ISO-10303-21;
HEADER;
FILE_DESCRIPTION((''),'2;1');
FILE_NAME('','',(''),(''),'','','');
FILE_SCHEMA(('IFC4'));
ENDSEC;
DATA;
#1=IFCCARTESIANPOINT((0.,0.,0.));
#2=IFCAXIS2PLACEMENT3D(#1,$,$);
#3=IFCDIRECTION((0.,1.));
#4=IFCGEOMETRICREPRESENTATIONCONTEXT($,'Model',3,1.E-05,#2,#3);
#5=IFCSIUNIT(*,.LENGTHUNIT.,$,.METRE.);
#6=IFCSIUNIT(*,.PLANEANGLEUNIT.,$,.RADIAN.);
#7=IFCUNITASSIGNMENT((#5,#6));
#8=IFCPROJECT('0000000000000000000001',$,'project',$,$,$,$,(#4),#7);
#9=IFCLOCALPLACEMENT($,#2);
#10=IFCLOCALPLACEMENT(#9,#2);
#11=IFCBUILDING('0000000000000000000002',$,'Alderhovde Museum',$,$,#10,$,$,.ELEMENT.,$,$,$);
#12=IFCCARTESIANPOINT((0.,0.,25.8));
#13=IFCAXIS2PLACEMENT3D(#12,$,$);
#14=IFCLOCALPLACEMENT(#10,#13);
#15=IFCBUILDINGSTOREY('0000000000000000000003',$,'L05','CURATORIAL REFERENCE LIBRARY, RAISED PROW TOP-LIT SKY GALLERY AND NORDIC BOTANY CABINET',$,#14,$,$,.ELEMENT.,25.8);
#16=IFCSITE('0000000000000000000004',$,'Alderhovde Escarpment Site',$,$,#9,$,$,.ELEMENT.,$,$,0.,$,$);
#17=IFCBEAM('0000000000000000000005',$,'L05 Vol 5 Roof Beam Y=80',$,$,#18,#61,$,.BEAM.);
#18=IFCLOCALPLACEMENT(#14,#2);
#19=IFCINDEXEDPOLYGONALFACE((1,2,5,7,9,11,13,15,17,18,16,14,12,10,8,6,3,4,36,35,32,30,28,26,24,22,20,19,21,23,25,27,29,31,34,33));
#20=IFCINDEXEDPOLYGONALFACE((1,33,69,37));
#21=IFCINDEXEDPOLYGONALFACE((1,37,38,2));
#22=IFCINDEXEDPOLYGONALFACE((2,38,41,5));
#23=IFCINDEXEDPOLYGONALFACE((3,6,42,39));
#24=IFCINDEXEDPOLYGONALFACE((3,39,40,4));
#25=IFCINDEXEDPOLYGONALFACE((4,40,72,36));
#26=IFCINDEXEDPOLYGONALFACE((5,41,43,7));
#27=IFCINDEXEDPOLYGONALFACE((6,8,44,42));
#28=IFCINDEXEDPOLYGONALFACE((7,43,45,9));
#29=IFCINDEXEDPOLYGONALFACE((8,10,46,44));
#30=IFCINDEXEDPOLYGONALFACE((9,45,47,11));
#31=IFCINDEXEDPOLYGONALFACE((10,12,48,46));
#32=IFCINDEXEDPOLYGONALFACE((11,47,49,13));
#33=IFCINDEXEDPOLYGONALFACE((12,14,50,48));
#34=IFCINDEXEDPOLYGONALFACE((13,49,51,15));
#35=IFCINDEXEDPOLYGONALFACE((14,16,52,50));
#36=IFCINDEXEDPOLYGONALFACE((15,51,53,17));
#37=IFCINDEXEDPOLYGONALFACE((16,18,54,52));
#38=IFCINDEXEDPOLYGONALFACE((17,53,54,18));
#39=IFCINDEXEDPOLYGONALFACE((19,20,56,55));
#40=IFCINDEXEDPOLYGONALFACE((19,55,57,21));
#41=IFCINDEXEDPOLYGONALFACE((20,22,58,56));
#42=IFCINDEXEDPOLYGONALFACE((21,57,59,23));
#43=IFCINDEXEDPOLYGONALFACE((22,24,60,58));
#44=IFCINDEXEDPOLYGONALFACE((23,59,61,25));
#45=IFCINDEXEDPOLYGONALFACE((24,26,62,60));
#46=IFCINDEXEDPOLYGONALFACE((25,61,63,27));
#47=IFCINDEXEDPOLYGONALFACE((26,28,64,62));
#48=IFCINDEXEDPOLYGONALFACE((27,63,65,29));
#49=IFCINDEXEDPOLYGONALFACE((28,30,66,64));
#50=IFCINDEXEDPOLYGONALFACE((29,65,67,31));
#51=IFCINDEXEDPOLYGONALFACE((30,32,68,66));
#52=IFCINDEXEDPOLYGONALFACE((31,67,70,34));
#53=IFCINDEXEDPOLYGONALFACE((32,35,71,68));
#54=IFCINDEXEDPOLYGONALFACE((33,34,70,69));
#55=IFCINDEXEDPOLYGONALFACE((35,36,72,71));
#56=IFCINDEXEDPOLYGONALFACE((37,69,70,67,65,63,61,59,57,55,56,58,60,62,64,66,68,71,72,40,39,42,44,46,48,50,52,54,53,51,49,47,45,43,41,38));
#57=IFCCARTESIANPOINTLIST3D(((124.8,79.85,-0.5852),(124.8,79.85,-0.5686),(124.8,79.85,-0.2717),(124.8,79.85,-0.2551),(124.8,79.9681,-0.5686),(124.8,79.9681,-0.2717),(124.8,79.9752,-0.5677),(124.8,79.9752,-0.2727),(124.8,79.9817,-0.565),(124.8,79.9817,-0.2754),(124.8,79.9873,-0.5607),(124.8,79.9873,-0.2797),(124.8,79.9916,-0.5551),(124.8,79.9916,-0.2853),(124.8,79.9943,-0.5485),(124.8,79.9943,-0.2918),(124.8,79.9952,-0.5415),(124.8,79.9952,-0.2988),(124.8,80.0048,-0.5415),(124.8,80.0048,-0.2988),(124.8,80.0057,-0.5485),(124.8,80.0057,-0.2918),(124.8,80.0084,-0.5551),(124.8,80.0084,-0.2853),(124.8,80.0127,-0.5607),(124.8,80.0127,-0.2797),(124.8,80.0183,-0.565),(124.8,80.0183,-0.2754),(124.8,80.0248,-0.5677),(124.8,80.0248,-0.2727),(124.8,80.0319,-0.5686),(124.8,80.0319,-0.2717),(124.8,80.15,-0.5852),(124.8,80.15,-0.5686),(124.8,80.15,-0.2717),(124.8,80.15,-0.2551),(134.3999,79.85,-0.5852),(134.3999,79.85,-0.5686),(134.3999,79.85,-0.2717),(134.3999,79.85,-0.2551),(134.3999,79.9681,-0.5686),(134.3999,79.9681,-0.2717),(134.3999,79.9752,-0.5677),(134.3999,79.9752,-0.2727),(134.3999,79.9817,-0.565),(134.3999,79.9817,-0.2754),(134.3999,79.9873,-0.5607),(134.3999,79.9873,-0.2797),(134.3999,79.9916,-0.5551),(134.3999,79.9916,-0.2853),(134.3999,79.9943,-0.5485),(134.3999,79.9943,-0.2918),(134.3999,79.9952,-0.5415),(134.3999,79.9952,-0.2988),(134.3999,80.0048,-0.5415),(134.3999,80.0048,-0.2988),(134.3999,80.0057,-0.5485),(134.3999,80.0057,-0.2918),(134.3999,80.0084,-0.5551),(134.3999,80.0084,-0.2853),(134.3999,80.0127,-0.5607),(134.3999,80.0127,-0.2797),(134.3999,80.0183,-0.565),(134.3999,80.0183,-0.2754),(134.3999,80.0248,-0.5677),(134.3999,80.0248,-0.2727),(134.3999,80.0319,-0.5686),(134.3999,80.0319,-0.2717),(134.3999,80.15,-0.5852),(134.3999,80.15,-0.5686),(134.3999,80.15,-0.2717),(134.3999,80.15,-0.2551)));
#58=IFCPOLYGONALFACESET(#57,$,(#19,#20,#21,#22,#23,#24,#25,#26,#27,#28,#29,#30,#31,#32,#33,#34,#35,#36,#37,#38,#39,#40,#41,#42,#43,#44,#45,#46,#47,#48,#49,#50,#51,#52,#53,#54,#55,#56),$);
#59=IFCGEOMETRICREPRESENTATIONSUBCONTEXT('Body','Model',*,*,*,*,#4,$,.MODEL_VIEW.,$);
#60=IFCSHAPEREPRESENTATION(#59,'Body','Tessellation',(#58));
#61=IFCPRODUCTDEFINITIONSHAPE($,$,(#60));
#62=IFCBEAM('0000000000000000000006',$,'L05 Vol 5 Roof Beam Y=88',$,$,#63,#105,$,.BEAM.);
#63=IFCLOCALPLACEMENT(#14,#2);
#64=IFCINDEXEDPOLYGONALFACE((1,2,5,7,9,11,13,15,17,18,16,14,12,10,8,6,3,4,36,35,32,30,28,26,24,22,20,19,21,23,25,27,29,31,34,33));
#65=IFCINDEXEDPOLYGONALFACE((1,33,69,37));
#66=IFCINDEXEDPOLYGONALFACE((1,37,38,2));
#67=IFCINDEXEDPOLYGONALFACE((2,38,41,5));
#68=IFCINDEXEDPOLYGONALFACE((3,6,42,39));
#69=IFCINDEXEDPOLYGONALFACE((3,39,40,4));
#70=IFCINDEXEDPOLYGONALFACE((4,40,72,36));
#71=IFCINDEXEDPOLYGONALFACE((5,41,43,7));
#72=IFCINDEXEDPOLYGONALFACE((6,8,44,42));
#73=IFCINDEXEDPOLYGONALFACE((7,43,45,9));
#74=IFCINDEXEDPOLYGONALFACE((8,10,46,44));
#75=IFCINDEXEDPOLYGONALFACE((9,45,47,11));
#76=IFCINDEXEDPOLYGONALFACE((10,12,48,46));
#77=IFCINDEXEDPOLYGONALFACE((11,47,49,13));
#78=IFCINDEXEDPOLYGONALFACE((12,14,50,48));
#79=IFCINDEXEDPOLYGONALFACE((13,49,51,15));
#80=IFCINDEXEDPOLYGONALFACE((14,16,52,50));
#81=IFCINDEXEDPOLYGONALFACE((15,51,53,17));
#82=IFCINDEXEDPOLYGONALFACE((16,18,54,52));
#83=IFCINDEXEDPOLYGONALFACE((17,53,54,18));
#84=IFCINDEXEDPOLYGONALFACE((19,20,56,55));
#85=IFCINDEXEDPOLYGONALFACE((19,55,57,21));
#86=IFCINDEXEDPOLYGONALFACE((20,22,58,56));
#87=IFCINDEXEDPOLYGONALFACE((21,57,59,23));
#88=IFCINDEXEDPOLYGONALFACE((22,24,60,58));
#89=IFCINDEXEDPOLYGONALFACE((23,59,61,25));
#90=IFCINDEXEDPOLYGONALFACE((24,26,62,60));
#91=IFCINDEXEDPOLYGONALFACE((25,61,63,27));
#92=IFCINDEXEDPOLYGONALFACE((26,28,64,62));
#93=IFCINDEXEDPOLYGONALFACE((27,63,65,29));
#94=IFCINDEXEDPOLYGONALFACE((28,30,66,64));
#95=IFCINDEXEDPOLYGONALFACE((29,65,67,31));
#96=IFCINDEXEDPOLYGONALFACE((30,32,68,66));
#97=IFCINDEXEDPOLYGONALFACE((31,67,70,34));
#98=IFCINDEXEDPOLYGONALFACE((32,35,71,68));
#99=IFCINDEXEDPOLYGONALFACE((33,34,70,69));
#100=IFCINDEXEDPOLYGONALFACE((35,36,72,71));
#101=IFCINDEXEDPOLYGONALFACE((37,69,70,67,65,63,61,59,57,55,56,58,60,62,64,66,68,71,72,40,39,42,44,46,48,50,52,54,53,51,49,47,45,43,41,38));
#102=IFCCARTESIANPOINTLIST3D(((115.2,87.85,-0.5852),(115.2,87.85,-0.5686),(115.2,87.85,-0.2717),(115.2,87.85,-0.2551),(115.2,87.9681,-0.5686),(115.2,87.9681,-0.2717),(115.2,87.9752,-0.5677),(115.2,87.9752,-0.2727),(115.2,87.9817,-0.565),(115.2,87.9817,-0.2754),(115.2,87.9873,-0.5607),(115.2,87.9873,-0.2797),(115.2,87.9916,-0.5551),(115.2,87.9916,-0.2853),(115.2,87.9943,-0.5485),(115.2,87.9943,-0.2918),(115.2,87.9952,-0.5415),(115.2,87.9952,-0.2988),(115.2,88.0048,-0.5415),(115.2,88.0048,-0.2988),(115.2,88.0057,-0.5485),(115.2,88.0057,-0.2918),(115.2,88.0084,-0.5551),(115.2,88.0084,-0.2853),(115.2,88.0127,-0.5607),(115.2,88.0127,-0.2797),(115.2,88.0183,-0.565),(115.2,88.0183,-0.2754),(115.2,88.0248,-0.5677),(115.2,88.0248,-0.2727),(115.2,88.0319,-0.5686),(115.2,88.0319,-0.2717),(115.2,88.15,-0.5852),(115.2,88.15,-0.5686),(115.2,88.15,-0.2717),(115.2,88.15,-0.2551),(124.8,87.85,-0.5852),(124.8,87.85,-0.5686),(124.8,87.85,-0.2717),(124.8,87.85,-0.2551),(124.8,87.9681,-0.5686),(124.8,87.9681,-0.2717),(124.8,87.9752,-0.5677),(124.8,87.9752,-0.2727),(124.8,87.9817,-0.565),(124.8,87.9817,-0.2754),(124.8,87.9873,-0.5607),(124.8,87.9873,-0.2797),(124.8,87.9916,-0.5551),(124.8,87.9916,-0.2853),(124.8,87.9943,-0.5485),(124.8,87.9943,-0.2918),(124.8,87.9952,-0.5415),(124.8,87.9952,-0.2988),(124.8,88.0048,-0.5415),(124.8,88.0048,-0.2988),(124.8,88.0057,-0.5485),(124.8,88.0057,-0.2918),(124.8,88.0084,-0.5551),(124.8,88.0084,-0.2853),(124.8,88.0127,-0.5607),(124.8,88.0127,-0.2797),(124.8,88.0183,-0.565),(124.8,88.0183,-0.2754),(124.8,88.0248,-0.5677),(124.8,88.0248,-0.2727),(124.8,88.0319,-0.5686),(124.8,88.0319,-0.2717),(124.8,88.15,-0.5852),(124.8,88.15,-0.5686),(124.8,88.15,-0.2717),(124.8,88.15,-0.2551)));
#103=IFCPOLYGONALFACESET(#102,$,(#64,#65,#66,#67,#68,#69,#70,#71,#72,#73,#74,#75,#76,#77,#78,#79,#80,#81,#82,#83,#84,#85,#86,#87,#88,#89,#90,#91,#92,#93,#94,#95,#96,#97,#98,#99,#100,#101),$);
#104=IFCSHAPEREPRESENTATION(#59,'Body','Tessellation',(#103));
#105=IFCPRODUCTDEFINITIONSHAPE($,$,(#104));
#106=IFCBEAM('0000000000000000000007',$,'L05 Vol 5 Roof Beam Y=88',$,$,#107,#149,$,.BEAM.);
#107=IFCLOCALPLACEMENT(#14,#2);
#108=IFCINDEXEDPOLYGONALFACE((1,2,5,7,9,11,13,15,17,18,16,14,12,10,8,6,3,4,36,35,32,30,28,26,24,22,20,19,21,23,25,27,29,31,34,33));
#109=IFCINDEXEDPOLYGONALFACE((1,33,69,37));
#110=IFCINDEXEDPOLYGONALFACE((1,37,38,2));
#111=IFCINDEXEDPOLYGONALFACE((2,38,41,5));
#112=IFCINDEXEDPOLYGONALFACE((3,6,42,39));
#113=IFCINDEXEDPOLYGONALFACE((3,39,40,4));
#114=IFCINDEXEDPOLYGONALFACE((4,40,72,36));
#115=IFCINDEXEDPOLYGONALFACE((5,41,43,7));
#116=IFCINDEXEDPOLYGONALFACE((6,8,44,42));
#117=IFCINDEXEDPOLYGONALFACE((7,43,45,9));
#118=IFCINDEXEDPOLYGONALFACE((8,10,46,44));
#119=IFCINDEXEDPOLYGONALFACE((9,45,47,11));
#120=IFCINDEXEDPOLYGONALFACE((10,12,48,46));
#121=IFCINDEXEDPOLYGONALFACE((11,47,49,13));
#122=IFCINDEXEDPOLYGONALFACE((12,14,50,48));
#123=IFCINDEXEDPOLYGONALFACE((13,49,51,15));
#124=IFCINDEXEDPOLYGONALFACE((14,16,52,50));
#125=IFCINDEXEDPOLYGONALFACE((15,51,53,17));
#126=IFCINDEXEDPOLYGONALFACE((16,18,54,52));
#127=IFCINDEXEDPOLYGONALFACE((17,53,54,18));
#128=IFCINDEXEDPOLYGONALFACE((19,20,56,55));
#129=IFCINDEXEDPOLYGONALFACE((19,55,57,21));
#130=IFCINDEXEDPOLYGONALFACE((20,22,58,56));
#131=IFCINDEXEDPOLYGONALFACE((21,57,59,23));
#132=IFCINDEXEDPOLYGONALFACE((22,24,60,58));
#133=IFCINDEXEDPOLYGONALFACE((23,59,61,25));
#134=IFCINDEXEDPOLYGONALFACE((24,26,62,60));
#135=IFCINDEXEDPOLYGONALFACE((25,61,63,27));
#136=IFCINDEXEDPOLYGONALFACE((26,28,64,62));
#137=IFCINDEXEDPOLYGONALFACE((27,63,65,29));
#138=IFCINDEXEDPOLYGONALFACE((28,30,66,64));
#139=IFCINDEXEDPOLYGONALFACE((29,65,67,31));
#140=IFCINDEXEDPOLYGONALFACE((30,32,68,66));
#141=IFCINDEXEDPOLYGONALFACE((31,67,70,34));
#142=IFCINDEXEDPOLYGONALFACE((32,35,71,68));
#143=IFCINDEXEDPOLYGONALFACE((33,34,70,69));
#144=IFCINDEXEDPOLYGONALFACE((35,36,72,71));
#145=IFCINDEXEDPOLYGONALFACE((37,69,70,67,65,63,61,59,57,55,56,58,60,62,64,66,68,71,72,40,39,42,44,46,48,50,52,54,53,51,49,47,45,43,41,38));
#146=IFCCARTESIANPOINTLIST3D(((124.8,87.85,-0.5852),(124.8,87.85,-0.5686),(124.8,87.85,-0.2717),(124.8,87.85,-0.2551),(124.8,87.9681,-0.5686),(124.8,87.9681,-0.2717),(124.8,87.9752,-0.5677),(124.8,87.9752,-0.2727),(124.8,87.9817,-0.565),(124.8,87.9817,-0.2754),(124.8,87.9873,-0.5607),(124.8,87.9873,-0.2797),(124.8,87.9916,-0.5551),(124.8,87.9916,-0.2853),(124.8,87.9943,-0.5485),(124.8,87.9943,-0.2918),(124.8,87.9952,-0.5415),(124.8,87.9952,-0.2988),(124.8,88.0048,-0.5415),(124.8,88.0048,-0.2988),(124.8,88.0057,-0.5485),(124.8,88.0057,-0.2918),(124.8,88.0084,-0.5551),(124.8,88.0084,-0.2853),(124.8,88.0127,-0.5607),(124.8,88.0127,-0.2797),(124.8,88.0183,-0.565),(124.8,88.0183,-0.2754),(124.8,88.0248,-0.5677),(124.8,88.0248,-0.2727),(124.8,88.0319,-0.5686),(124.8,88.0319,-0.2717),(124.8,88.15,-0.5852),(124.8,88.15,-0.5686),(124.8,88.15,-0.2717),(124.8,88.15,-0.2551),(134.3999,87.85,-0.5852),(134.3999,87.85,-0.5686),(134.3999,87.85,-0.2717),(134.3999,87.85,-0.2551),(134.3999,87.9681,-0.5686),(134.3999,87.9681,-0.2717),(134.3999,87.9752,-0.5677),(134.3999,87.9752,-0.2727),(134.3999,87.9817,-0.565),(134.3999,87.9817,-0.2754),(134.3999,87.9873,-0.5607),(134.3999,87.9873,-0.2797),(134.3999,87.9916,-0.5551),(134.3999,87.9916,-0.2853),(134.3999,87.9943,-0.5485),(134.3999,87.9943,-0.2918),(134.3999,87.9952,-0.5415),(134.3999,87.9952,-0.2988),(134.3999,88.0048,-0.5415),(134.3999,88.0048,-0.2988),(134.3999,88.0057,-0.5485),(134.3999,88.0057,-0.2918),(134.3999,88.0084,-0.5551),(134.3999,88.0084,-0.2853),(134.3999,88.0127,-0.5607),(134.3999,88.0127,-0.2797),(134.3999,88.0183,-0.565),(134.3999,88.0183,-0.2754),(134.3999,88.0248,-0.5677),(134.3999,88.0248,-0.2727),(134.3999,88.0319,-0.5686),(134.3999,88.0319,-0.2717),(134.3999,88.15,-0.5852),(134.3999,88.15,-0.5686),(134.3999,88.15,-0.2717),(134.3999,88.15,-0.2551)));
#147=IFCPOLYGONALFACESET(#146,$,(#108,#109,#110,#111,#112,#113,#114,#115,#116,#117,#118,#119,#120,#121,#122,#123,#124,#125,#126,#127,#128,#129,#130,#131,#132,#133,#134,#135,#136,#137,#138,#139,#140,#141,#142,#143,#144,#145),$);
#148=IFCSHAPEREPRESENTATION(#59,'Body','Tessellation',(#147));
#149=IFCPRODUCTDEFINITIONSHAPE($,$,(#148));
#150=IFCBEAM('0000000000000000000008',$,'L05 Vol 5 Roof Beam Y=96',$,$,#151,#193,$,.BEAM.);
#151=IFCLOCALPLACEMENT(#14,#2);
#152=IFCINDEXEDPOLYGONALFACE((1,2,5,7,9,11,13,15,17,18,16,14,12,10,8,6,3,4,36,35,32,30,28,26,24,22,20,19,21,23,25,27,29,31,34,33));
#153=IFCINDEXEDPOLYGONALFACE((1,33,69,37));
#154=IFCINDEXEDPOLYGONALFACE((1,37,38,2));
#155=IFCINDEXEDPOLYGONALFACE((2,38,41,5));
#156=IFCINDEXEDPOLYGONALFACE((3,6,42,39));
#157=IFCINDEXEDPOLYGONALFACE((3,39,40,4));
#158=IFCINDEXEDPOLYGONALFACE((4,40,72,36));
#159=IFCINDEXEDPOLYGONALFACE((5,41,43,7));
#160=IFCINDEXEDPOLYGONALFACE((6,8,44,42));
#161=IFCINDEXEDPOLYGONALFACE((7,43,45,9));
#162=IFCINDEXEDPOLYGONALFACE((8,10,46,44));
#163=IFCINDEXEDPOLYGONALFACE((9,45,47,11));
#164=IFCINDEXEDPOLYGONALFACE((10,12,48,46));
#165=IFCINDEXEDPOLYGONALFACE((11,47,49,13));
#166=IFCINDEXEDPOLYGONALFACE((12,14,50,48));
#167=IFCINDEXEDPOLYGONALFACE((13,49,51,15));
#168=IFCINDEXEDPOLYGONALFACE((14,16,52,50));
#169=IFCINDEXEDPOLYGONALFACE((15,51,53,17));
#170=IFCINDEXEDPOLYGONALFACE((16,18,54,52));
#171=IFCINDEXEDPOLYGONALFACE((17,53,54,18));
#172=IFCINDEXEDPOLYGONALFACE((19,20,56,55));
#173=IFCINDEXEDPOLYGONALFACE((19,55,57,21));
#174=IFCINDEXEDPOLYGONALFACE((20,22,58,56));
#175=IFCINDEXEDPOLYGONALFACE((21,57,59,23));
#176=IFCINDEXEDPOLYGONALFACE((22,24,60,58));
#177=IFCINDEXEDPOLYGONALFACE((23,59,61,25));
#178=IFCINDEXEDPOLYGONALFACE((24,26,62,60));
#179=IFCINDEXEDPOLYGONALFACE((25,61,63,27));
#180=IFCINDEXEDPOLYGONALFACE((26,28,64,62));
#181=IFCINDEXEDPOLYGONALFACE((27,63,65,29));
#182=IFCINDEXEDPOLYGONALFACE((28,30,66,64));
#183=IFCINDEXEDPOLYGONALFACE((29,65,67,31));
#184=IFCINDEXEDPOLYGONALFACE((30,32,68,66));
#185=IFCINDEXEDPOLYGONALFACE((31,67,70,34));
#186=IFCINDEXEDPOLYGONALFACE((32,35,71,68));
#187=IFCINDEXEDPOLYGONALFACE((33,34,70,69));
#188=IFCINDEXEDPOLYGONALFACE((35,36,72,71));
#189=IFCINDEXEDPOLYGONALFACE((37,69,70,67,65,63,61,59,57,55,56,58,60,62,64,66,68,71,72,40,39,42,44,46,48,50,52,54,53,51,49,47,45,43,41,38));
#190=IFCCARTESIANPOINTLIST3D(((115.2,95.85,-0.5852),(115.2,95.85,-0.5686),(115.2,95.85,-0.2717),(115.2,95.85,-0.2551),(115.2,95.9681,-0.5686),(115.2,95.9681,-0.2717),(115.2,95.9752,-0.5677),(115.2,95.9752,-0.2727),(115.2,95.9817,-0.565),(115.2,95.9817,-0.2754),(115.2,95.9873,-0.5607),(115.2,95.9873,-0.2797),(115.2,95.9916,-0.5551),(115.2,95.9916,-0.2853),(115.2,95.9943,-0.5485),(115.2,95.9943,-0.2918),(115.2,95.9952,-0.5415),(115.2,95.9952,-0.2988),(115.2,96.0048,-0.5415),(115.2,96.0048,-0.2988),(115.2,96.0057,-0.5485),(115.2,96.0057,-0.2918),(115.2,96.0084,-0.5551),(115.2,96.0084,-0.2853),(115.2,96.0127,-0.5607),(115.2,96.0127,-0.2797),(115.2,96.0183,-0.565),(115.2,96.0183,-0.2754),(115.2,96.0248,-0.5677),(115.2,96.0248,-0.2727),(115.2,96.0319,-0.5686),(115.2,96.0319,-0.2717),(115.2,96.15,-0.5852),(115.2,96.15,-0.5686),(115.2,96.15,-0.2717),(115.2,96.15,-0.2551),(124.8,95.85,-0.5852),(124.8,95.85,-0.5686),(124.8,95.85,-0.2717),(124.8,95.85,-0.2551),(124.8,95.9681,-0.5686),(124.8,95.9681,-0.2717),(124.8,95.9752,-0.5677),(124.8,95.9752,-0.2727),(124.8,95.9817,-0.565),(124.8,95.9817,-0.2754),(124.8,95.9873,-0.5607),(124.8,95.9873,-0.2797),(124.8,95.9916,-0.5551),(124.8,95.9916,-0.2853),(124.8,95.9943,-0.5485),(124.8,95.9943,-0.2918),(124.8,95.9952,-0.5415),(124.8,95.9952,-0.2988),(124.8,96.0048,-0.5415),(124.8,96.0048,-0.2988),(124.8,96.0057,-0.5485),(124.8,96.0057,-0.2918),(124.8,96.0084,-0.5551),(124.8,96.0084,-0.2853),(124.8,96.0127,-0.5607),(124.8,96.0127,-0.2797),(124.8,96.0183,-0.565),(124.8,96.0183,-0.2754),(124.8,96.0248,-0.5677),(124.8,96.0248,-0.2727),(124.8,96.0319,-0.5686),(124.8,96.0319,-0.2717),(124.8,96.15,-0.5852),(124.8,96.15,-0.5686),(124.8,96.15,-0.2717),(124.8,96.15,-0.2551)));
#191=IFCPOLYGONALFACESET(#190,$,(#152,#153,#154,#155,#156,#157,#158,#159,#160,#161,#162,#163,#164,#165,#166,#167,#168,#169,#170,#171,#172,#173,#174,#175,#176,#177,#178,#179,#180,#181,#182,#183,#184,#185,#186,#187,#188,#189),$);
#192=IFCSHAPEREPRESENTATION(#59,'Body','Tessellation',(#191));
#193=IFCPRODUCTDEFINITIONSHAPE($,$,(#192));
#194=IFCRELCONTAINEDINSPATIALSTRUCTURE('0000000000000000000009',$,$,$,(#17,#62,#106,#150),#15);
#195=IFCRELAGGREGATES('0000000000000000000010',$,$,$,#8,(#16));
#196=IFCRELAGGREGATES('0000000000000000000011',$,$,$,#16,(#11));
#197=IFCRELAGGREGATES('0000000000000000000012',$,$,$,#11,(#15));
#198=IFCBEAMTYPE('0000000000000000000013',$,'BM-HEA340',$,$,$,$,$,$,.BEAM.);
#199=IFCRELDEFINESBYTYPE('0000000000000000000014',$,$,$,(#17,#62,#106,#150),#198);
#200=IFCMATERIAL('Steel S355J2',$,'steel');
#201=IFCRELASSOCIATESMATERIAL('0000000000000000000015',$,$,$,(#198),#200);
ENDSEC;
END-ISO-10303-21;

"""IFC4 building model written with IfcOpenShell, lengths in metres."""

from ifc_helpers import new_model, si_unit, direction, frame, origin, origin_2d, place, context, subcontext, project, spatial, i_section, extrude, material, material_profile, profile_set, type_object, element, save


model = new_model("IFC4")

# Units and contexts
model_context = context("Model", 3, precision=1e-05, world=origin(), true_north=direction((0.0, 1.0)))
body_context = subcontext(model_context, "Body", "Model", "MODEL_VIEW")
ifc_project = project(units=[si_unit("LENGTHUNIT", "METRE"), si_unit("PLANEANGLEUNIT", "RADIAN")], contexts=[model_context])

# Site, building, storey
site_placement = place(None, origin())
site = spatial("IfcSite", under=ifc_project, at=site_placement, Name="Alderhovde Escarpment Site", CompositionType="ELEMENT", RefElevation=0.0)
building_placement = place(site_placement, origin())
building = spatial("IfcBuilding", under=site, at=building_placement, Name="Alderhovde Museum", CompositionType="ELEMENT")
storey_placement = place(building_placement, frame((0.0, 0.0, 25.8)))
storey = spatial("IfcBuildingStorey", under=building, at=storey_placement, Name="L05", Description="CURATORIAL REFERENCE LIBRARY, RAISED PROW TOP-LIT SKY GALLERY AND NORDIC BOTANY CABINET", CompositionType="ELEMENT", Elevation=25.8)

# Beams
ifc_material_1 = material(Name="Steel S355J2", Category="steel")
ifc_material_profile_1 = material_profile(ifc_material_1, i_section(OverallWidth=0.3, OverallDepth=0.3301, WebThickness=0.0095, FlangeThickness=0.0166, FilletRadius=0.0271, at=origin_2d()), Name="HEA 340")
ifc_profile_set_1 = profile_set([ifc_material_profile_1], Name="Steel S355J2")
beam_type_1 = type_object("IfcBeamType", Name="BM-HEA340", PredefinedType="BEAM", material=ifc_profile_set_1)
beam_1_placement = place(storey_placement, frame((124.8, 80.0, -0.4202), z_axis=(1.0, 0.0, 0.0), x_axis=(0.0, 1.0, 0.0)))
element("IfcBeam", 1, at=beam_1_placement, inside=storey, type_object=beam_type_1, Name="L05 Vol 5 Roof Beam Y=80", PredefinedType="BEAM", context=body_context, shape_type="SweptSolid", body=[
    extrude(i_section(OverallWidth=0.3, OverallDepth=0.3301, WebThickness=0.0095, FlangeThickness=0.0166, FilletRadius=0.0271, at=origin_2d()), origin(), (0.0, 0.0, 1.0), 9.5999),
])
beam_2_placement = place(storey_placement, frame((115.2, 88.0, -0.4202), z_axis=(1.0, 0.0, 0.0), x_axis=(0.0, 1.0, 0.0)))
element("IfcBeam", 2, at=beam_2_placement, inside=storey, type_object=beam_type_1, Name="L05 Vol 5 Roof Beam Y=88", PredefinedType="BEAM", context=body_context, shape_type="SweptSolid", body=[
    extrude(i_section(OverallWidth=0.3, OverallDepth=0.3301, WebThickness=0.0095, FlangeThickness=0.0166, FilletRadius=0.0271, at=origin_2d()), origin(), (0.0, 0.0, 1.0), 9.6001),
])
beam_3_placement = place(storey_placement, frame((124.8, 88.0, -0.4202), z_axis=(1.0, 0.0, 0.0), x_axis=(0.0, 1.0, 0.0)))
element("IfcBeam", 3, at=beam_3_placement, inside=storey, type_object=beam_type_1, Name="L05 Vol 5 Roof Beam Y=88", PredefinedType="BEAM", context=body_context, shape_type="SweptSolid", body=[
    extrude(i_section(OverallWidth=0.3, OverallDepth=0.3301, WebThickness=0.0095, FlangeThickness=0.0166, FilletRadius=0.0271, at=origin_2d()), origin(), (0.0, 0.0, 1.0), 9.5999),
])
beam_4_placement = place(storey_placement, frame((115.2, 96.0, -0.4202), z_axis=(1.0, 0.0, 0.0), x_axis=(0.0, 1.0, 0.0)))
element("IfcBeam", 4, at=beam_4_placement, inside=storey, type_object=beam_type_1, Name="L05 Vol 5 Roof Beam Y=96", PredefinedType="BEAM", context=body_context, shape_type="SweptSolid", body=[
    extrude(i_section(OverallWidth=0.3, OverallDepth=0.3301, WebThickness=0.0095, FlangeThickness=0.0166, FilletRadius=0.0271, at=origin_2d()), origin(), (0.0, 0.0, 1.0), 9.6001),
])

save(model, "model.ifc")
